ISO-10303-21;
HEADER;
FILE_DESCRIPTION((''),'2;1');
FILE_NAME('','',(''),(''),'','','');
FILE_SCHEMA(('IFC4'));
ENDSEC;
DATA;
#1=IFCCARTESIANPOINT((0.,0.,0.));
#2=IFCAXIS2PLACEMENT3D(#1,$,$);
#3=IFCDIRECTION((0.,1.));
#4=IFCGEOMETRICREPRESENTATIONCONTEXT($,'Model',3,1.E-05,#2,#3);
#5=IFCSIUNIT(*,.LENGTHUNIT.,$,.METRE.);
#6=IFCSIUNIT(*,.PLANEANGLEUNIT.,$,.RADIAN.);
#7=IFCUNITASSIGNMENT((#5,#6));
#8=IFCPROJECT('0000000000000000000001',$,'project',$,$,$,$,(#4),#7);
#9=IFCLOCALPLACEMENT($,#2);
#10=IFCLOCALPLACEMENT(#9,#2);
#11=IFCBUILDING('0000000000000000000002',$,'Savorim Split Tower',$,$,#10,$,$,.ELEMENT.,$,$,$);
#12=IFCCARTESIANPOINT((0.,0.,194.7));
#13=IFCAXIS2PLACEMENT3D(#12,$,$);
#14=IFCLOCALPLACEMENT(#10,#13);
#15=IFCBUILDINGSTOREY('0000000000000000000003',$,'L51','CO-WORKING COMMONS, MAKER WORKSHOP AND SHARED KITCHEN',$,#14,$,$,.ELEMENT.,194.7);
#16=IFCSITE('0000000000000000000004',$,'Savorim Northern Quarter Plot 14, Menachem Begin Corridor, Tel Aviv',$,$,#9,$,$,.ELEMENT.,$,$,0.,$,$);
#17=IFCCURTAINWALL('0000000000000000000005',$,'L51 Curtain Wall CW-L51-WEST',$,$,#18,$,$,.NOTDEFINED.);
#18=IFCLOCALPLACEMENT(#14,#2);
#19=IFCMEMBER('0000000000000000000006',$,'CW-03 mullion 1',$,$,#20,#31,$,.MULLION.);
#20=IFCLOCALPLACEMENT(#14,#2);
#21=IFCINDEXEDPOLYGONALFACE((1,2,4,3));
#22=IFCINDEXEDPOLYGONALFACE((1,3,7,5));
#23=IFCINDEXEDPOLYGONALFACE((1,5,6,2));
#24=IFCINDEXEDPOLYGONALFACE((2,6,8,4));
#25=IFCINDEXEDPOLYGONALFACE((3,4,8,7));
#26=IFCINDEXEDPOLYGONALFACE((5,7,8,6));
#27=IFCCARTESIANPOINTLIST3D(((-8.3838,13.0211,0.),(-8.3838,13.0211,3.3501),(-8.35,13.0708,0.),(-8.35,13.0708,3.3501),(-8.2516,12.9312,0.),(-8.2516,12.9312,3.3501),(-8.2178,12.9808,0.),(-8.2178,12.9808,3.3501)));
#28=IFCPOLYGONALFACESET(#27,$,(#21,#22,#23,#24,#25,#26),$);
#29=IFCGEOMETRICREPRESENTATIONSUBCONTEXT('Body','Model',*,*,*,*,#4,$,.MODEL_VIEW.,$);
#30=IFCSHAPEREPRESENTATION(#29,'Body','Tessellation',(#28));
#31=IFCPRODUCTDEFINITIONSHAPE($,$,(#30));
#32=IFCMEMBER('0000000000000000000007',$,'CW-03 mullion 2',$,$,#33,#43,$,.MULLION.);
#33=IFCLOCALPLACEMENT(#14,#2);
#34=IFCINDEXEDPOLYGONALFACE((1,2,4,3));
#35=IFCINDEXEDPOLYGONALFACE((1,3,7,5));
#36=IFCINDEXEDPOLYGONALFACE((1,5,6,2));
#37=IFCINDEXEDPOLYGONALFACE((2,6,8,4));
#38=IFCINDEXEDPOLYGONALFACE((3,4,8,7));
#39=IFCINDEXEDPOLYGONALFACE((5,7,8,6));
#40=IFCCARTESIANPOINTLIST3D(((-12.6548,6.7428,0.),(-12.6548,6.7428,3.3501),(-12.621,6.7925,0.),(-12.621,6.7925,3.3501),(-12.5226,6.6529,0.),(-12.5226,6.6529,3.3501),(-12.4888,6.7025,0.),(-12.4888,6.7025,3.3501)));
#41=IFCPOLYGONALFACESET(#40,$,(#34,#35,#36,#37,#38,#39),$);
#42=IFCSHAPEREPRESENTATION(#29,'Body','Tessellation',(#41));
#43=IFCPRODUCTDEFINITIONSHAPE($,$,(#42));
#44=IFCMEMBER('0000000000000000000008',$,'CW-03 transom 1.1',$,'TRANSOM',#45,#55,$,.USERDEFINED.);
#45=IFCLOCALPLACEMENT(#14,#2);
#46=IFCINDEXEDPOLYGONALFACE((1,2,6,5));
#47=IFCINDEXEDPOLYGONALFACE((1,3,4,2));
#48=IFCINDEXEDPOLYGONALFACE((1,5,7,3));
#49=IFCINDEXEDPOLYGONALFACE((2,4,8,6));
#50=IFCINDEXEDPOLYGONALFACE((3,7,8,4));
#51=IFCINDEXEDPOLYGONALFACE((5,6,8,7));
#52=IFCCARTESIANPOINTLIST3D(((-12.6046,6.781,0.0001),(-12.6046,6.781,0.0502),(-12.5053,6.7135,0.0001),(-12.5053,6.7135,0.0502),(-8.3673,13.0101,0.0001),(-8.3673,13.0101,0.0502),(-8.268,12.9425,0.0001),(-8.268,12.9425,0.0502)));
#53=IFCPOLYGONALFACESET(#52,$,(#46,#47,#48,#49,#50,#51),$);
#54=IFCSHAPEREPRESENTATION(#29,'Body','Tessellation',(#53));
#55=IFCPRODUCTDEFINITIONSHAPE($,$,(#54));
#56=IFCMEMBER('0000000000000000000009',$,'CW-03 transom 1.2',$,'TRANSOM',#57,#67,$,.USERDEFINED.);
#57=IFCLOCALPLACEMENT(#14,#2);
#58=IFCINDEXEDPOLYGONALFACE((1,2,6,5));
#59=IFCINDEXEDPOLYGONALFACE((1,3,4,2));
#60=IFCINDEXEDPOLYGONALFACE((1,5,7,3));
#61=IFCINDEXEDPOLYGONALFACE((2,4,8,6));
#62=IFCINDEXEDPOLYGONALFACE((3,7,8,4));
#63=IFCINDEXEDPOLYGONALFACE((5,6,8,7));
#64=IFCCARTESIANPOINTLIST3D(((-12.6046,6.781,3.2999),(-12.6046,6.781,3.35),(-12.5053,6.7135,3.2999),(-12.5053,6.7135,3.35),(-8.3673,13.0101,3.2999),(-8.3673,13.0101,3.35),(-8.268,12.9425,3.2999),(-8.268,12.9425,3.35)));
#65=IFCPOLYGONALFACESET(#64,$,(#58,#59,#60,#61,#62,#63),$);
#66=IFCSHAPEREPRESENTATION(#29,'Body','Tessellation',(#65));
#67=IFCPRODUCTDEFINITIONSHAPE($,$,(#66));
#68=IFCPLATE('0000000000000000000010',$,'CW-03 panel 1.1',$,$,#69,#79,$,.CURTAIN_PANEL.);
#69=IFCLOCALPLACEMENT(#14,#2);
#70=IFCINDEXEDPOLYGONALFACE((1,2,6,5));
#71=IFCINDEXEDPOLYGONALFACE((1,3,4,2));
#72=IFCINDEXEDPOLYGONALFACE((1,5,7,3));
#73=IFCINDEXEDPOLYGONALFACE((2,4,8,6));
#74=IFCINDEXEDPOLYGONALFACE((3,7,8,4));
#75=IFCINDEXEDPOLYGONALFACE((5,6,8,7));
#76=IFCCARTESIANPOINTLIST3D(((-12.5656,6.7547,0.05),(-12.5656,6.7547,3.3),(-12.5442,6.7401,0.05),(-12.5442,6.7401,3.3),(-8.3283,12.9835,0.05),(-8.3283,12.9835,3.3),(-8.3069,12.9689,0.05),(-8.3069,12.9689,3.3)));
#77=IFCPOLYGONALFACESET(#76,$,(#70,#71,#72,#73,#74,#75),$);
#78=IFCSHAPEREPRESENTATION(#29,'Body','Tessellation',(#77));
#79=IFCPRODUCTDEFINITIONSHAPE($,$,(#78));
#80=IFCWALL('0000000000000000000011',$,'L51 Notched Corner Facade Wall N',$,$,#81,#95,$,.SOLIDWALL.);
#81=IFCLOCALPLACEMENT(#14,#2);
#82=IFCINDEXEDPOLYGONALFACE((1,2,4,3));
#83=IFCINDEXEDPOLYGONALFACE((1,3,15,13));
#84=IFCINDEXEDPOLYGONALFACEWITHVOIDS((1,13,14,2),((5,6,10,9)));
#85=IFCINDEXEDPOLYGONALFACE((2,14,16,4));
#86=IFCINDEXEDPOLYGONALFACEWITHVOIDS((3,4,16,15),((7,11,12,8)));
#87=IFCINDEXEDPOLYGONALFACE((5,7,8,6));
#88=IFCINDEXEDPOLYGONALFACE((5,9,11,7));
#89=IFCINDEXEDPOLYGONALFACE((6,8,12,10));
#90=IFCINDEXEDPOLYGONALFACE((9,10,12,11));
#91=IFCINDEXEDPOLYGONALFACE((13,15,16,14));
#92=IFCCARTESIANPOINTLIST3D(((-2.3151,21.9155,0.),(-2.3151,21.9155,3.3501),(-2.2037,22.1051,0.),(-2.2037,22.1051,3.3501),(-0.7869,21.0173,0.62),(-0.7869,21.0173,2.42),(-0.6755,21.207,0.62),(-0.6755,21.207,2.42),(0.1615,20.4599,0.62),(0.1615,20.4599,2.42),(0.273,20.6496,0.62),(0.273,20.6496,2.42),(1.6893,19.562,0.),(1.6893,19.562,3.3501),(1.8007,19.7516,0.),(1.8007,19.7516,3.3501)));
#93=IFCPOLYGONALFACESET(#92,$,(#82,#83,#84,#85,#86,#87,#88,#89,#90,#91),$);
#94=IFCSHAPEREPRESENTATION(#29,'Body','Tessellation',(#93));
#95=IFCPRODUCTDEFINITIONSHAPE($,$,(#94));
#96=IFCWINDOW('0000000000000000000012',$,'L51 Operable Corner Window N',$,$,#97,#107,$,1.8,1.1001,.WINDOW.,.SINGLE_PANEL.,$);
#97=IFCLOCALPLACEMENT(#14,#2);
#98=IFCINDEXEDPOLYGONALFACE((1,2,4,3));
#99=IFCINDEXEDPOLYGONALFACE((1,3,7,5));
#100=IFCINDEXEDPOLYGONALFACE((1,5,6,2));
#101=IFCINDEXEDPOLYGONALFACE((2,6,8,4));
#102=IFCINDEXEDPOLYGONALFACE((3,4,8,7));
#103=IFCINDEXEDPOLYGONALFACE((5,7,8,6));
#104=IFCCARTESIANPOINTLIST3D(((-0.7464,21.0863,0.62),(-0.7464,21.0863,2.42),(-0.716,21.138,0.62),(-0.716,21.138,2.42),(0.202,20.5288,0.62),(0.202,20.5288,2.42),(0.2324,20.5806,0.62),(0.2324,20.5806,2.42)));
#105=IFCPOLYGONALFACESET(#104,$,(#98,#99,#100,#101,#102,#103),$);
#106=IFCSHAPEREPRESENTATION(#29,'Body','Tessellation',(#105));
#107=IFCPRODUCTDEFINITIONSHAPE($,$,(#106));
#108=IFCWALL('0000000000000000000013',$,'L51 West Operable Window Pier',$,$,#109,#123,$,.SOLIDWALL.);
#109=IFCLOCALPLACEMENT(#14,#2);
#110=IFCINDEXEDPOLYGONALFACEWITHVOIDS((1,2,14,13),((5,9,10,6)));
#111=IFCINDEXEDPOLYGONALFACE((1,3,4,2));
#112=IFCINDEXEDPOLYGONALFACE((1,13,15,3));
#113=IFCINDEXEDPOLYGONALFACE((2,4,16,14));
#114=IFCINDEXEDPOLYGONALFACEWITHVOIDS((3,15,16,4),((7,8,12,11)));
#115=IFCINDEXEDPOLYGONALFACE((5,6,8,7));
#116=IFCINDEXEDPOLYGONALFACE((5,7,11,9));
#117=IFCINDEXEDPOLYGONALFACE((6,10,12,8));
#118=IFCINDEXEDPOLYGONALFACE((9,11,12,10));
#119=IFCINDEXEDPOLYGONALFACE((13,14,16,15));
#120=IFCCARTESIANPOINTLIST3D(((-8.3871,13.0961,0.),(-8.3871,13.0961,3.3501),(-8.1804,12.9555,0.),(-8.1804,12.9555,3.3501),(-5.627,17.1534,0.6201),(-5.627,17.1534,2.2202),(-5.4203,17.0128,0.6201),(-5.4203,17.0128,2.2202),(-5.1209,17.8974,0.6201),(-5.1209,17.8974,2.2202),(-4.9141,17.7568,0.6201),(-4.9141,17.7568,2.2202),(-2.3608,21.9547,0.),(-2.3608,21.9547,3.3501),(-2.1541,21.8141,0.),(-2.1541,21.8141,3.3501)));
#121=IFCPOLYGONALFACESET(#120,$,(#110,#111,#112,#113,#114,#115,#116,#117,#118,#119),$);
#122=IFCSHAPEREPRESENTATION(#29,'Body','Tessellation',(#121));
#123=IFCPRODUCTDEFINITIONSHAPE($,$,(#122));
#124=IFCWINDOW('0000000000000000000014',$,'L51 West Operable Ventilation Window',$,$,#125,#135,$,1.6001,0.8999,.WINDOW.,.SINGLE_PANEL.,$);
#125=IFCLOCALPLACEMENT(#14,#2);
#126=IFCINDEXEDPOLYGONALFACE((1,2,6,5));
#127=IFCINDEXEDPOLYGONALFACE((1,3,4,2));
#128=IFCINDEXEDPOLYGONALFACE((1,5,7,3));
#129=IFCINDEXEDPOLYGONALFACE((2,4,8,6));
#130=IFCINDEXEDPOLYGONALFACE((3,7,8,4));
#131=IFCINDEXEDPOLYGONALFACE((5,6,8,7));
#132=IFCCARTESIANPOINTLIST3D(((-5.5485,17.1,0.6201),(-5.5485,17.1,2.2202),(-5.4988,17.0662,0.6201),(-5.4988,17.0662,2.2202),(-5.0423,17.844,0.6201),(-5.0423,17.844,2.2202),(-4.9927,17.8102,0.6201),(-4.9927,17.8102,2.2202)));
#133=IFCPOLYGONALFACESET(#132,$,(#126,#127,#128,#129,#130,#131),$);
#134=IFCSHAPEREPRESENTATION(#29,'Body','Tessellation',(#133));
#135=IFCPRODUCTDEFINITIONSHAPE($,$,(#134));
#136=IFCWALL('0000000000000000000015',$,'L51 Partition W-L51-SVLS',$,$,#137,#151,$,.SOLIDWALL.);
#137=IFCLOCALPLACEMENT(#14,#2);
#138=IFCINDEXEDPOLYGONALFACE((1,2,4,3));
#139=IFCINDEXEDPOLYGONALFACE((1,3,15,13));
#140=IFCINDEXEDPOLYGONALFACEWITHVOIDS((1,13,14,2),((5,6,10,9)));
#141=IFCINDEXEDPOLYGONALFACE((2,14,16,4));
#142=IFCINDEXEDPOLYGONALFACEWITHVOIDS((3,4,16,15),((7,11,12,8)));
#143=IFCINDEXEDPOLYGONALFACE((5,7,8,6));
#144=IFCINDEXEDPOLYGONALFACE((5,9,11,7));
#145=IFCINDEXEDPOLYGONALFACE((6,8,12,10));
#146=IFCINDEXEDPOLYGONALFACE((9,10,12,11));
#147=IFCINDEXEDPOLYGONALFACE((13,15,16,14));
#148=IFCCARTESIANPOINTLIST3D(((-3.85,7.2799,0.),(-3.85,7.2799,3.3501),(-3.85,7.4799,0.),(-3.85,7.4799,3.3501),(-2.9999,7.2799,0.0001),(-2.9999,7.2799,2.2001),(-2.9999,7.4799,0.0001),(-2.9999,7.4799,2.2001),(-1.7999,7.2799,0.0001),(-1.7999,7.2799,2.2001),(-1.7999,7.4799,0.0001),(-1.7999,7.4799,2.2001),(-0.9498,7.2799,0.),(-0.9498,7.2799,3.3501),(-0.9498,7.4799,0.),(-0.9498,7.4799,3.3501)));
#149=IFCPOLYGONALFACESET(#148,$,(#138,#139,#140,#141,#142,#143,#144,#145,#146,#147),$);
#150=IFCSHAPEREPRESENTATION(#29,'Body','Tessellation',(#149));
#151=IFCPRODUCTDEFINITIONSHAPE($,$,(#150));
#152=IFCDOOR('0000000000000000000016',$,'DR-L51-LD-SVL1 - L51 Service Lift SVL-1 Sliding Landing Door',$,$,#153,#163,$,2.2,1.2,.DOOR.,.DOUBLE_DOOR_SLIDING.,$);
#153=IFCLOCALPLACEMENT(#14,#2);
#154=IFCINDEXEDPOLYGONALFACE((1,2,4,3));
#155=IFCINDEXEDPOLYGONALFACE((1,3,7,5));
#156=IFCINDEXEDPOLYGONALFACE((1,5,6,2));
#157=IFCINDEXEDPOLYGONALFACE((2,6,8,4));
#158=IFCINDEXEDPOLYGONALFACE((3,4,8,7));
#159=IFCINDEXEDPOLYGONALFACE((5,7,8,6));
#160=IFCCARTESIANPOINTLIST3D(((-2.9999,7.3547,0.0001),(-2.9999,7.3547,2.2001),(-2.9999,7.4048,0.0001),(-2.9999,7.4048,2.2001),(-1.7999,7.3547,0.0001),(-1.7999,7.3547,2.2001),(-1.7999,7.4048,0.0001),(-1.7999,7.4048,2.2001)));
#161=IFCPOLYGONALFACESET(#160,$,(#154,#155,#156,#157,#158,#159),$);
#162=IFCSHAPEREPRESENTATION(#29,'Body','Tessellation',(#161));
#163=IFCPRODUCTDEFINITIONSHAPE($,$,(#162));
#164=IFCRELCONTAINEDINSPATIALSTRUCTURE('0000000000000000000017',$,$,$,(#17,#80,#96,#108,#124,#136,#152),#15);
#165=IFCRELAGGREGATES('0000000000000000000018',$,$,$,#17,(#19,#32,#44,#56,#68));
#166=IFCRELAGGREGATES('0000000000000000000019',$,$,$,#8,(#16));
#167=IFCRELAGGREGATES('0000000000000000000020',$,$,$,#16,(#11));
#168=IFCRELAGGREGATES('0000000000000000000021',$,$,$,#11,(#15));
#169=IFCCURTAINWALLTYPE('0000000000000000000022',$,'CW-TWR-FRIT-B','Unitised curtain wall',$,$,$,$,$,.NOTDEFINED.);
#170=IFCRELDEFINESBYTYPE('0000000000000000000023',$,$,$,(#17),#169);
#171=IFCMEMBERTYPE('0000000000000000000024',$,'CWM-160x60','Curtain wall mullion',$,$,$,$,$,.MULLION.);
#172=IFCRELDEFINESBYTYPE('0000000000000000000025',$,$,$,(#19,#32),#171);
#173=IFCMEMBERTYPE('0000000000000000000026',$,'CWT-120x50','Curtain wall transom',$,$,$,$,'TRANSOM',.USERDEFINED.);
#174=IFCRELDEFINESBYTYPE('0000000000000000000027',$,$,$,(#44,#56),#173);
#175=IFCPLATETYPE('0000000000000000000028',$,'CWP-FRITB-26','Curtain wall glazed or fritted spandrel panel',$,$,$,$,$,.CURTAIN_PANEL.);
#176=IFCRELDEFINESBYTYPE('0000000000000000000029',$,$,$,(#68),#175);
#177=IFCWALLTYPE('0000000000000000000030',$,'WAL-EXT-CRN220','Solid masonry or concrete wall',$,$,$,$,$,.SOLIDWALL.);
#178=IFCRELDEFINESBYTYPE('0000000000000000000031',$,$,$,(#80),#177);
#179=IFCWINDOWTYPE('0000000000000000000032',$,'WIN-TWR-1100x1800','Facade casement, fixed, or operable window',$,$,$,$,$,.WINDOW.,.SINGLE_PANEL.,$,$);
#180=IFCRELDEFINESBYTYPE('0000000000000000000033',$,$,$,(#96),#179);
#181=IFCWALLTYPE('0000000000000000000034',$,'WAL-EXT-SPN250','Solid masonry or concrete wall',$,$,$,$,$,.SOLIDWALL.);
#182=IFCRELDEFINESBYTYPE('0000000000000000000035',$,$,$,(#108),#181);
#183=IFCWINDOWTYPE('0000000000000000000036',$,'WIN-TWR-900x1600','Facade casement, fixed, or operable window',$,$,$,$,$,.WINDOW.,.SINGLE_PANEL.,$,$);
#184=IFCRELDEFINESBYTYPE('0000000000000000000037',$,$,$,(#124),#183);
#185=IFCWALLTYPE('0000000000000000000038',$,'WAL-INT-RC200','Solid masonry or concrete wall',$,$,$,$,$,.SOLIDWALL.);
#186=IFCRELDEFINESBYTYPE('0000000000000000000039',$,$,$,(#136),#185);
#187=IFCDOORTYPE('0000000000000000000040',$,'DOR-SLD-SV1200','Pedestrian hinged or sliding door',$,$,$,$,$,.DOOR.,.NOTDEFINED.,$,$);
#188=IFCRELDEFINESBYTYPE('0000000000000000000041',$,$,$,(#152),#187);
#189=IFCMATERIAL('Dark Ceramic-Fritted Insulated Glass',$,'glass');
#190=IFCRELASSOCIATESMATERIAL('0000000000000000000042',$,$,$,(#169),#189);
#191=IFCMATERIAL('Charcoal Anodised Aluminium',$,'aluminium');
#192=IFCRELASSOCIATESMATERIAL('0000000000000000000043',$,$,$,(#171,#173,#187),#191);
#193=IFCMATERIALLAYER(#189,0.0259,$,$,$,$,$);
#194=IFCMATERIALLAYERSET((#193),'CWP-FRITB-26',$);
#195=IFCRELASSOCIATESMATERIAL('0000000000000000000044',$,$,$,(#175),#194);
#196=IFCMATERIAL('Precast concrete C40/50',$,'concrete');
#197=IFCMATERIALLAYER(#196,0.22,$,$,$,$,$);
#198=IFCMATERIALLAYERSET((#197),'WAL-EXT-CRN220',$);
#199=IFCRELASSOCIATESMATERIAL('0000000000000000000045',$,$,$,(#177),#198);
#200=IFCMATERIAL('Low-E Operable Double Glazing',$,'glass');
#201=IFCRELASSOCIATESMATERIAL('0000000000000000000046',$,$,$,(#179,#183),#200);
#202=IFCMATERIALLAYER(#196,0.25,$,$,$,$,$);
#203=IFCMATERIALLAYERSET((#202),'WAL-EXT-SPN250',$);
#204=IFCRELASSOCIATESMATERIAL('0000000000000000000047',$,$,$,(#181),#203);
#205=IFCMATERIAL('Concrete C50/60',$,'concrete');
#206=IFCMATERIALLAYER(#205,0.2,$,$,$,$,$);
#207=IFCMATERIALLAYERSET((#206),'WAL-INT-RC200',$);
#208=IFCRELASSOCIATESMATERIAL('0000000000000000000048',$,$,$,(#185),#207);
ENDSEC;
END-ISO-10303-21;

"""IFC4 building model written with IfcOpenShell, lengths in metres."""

from ifc_helpers import new_model, si_unit, direction, frame, frame_2d, origin, origin_2d, place, context, subcontext, project, spatial, rectangle, extrude, material, layer, layer_set, material_profile, profile_set, type_object, element, fill, aggregate, save


model = new_model("IFC4")

# Units and contexts
model_context = context("Model", 3, precision=1e-05, world=origin(), true_north=direction((0.0, 1.0)))
body_context = subcontext(model_context, "Body", "Model", "MODEL_VIEW")
ifc_project = project(units=[si_unit("LENGTHUNIT", "METRE"), si_unit("PLANEANGLEUNIT", "RADIAN")], contexts=[model_context])

# Site, building, storey
site_placement = place(None, origin())
site = spatial("IfcSite", under=ifc_project, at=site_placement, Name="Savorim Northern Quarter Plot 14, Menachem Begin Corridor, Tel Aviv", CompositionType="ELEMENT", RefElevation=0.0)
building_placement = place(site_placement, origin())
building = spatial("IfcBuilding", under=site, at=building_placement, Name="Savorim Split Tower", CompositionType="ELEMENT")
storey_placement = place(building_placement, frame((0.0, 0.0, 194.7)))
storey = spatial("IfcBuildingStorey", under=building, at=storey_placement, Name="L51", Description="CO-WORKING COMMONS, MAKER WORKSHOP AND SHARED KITCHEN", CompositionType="ELEMENT", Elevation=194.7)

# Curtain wall, members, plate
ifc_material_1 = material(Name="Dark Ceramic-Fritted Insulated Glass", Category="glass")
curtain_wall_type = type_object("IfcCurtainWallType", Name="CW-TWR-FRIT-B", Description="Unitised curtain wall", PredefinedType="NOTDEFINED", material=ifc_material_1)
curtain_wall_placement = place(storey_placement, origin())
curtain_wall = element("IfcCurtainWall", 1, at=curtain_wall_placement, inside=storey, type_object=curtain_wall_type, Name="L51 Curtain Wall CW-L51-WEST", PredefinedType="NOTDEFINED")
ifc_material_2 = material(Name="Charcoal Anodised Aluminium", Category="aluminium")
ifc_material_profile_1 = material_profile(ifc_material_2, rectangle(XDim=0.1599, YDim=0.0601, at=origin_2d()), Name="ALU-M 160x60")
ifc_profile_set_1 = profile_set([ifc_material_profile_1], Name="Charcoal Anodised Aluminium")
member_type_1 = type_object("IfcMemberType", Name="CWM-160x60", Description="Curtain wall mullion", PredefinedType="MULLION", material=ifc_profile_set_1)
member_1_placement = place(storey_placement, frame((-8.3008, 13.001, 0.0), z_axis=(0.0, 0.0, 1.0), x_axis=(0.826821, -0.562465, 0.0)))
member_1 = element("IfcMember", 2, at=member_1_placement, type_object=member_type_1, Name="CW-03 mullion 1", PredefinedType="MULLION", context=body_context, shape_type="SweptSolid", body=[
    extrude(rectangle(XDim=0.1599, YDim=0.0601, at=origin_2d()), origin(), (0.0, 0.0, 1.0), 3.3501),
])
member_2_placement = place(storey_placement, frame((-12.5718, 6.7227, 0.0), z_axis=(0.0, 0.0, 1.0), x_axis=(0.826821, -0.562465, 0.0)))
member_2 = element("IfcMember", 3, at=member_2_placement, type_object=member_type_1, Name="CW-03 mullion 2", PredefinedType="MULLION", context=body_context, shape_type="SweptSolid", body=[
    extrude(rectangle(XDim=0.1599, YDim=0.0601, at=origin_2d()), origin(), (0.0, 0.0, 1.0), 3.3501),
])
ifc_material_profile_2 = material_profile(ifc_material_2, rectangle(XDim=0.1201, YDim=0.05, at=origin_2d()), Name="ALU-T 120x50")
ifc_profile_set_2 = profile_set([ifc_material_profile_2], Name="Charcoal Anodised Aluminium")
member_type_2 = type_object("IfcMemberType", Name="CWT-120x50", Description="Curtain wall transom", ElementType="TRANSOM", PredefinedType="USERDEFINED", material=ifc_profile_set_2)
member_3_placement = place(storey_placement, frame((-8.3176, 12.9763, 0.0251), z_axis=(-0.562454, -0.826829, 0.0), x_axis=(0.826829, -0.562454, 0.0)))
member_3 = element("IfcMember", 4, at=member_3_placement, type_object=member_type_2, Name="CW-03 transom 1.1", ObjectType="TRANSOM", PredefinedType="USERDEFINED", context=body_context, shape_type="SweptSolid", body=[
    extrude(rectangle(XDim=0.1201, YDim=0.05, at=origin_2d()), origin(), (0.0, 0.0, 1.0), 7.5337),
])
member_4_placement = place(storey_placement, frame((-8.3176, 12.9763, 3.325), z_axis=(-0.562454, -0.826829, 0.0), x_axis=(0.826829, -0.562454, 0.0)))
member_4 = element("IfcMember", 5, at=member_4_placement, type_object=member_type_2, Name="CW-03 transom 1.2", ObjectType="TRANSOM", PredefinedType="USERDEFINED", context=body_context, shape_type="SweptSolid", body=[
    extrude(rectangle(XDim=0.1201, YDim=0.05, at=origin_2d()), origin(), (0.0, 0.0, 1.0), 7.5337),
])
ifc_layer_1 = layer(ifc_material_1, 0.0259)
ifc_layer_set_1 = layer_set([ifc_layer_1], Name="CWP-FRITB-26")
plate_type = type_object("IfcPlateType", Name="CWP-FRITB-26", Description="Curtain wall glazed or fritted spandrel panel", PredefinedType="CURTAIN_PANEL", material=ifc_layer_set_1)
plate_placement = place(storey_placement, frame((-10.4363, 9.8618, 0.05), z_axis=(0.0, 0.0, 1.0), x_axis=(-0.562465, -0.826821, 0.0)))
plate = element("IfcPlate", 6, at=plate_placement, type_object=plate_type, Name="CW-03 panel 1.1", PredefinedType="CURTAIN_PANEL", context=body_context, shape_type="SweptSolid", body=[
    extrude(rectangle(XDim=7.5334, YDim=0.0259, at=origin_2d()), origin(), (0.0, 0.0, 1.0), 3.25),
])
aggregate(curtain_wall, [member_1, member_2, member_3, member_4, plate])

# Walls, openings, windows
ifc_material_3 = material(Name="Precast concrete C40/50", Category="concrete")
ifc_layer_2 = layer(ifc_material_3, 0.22)
ifc_layer_set_2 = layer_set([ifc_layer_2], Name="WAL-EXT-CRN220")
wall_type_1 = type_object("IfcWallType", Name="WAL-EXT-CRN220", Description="Solid masonry or concrete wall", PredefinedType="SOLIDWALL", material=ifc_layer_set_2)
wall_1_placement = place(storey_placement, frame((-2.2593, 22.0103, 0.0), z_axis=(0.0, 0.0, 1.0), x_axis=(0.862123, -0.506699, 0.0)))
wall_1 = element("IfcWall", 7, at=wall_1_placement, inside=storey, type_object=wall_type_1, Name="L51 Notched Corner Facade Wall N", PredefinedType="SOLIDWALL", context=body_context, shape_type="SweptSolid", body=[
    extrude(rectangle(XDim=4.6448, YDim=0.22, at=frame_2d((2.3223, 0.0))), origin(), (0.0, 0.0, 1.0), 3.3501),
])
opening_1_placement = place(wall_1_placement, frame((1.7725, 0.0, 0.6201)))
opening_1 = element("IfcOpeningElement", 8, at=opening_1_placement, cuts=wall_1, PredefinedType="OPENING", context=body_context, shape_type="SweptSolid", body=[
    extrude(rectangle(XDim=1.1001, YDim=1.8, at=frame_2d((0.55, 0.8999))), frame((0.0, 0.1199, 0.0), z_axis=(0.0, -1.0, 0.0), x_axis=(1.0, 0.0, 0.0)), (0.0, 0.0, 1.0), 0.24),
])
ifc_material_4 = material(Name="Low-E Operable Double Glazing", Category="glass")
window_type_1 = type_object("IfcWindowType", Name="WIN-TWR-1100x1800", Description="Facade casement, fixed, or operable window", PartitioningType="SINGLE_PANEL", PredefinedType="WINDOW", material=ifc_material_4)
window_1_placement = place(opening_1_placement, origin())
window_1 = element("IfcWindow", 9, at=window_1_placement, inside=storey, type_object=window_type_1, Name="L51 Operable Corner Window N", OverallHeight=1.8, OverallWidth=1.1001, PartitioningType="SINGLE_PANEL", PredefinedType="WINDOW", context=body_context, shape_type="SweptSolid", body=[
    extrude(rectangle(XDim=1.1001, YDim=1.8, at=frame_2d((0.55, 0.8999))), frame((0.0, 0.03, 0.0), z_axis=(0.0, -1.0, 0.0), x_axis=(1.0, 0.0, 0.0)), (0.0, 0.0, 1.0), 0.0601),
])
fill(opening_1, window_1)
ifc_layer_3 = layer(ifc_material_3, 0.25)
ifc_layer_set_3 = layer_set([ifc_layer_3], Name="WAL-EXT-SPN250")
wall_type_2 = type_object("IfcWallType", Name="WAL-EXT-SPN250", Description="Solid masonry or concrete wall", PredefinedType="SOLIDWALL", material=ifc_layer_set_3)
wall_2_placement = place(storey_placement, frame((-8.2837, 13.0259, 0.0), z_axis=(0.0, 0.0, 1.0), x_axis=(0.562469, 0.826818, 0.0)))
wall_2 = element("IfcWall", 10, at=wall_2_placement, inside=storey, type_object=wall_type_2, Name="L51 West Operable Window Pier", PredefinedType="SOLIDWALL", context=body_context, shape_type="SweptSolid", body=[
    extrude(rectangle(XDim=10.7141, YDim=0.25, at=frame_2d((5.3569, 0.0))), origin(), (0.0, 0.0, 1.0), 3.3501),
])
opening_2_placement = place(wall_2_placement, frame((4.907, 0.0, 0.6201)))
opening_2 = element("IfcOpeningElement", 11, at=opening_2_placement, cuts=wall_2, PredefinedType="OPENING", context=body_context, shape_type="SweptSolid", body=[
    extrude(rectangle(XDim=0.8999, YDim=1.6001, at=frame_2d((0.45, 0.8))), frame((0.0, 0.135, 0.0), z_axis=(0.0, -1.0, 0.0), x_axis=(1.0, 0.0, 0.0)), (0.0, 0.0, 1.0), 0.27),
])
window_type_2 = type_object("IfcWindowType", Name="WIN-TWR-900x1600", Description="Facade casement, fixed, or operable window", PartitioningType="SINGLE_PANEL", PredefinedType="WINDOW", material=ifc_material_4)
window_2_placement = place(opening_2_placement, origin())
window_2 = element("IfcWindow", 12, at=window_2_placement, inside=storey, type_object=window_type_2, Name="L51 West Operable Ventilation Window", OverallHeight=1.6001, OverallWidth=0.8999, PartitioningType="SINGLE_PANEL", PredefinedType="WINDOW", context=body_context, shape_type="SweptSolid", body=[
    extrude(rectangle(XDim=0.8999, YDim=1.6001, at=frame_2d((0.45, 0.8))), frame((0.0, 0.03, 0.0), z_axis=(0.0, -1.0, 0.0), x_axis=(1.0, 0.0, 0.0)), (0.0, 0.0, 1.0), 0.0601),
])
fill(opening_2, window_2)

# Wall, opening, door
ifc_material_5 = material(Name="Concrete C50/60", Category="concrete")
ifc_layer_4 = layer(ifc_material_5, 0.2)
ifc_layer_set_4 = layer_set([ifc_layer_4], Name="WAL-INT-RC200")
wall_type_3 = type_object("IfcWallType", Name="WAL-INT-RC200", Description="Solid masonry or concrete wall", PredefinedType="SOLIDWALL", material=ifc_layer_set_4)
wall_3_placement = place(storey_placement, frame((-3.8501, 7.3799, 0.0), z_axis=(0.0, 0.0, 1.0), x_axis=(1.0, 0.0, 0.0)))
wall_3 = element("IfcWall", 13, at=wall_3_placement, inside=storey, type_object=wall_type_3, Name="L51 Partition W-L51-SVLS", PredefinedType="SOLIDWALL", context=body_context, shape_type="SweptSolid", body=[
    extrude(rectangle(XDim=2.9001, YDim=0.2, at=frame_2d((1.4502, 0.0))), origin(), (0.0, 0.0, 1.0), 3.3501),
])
opening_3_placement = place(wall_3_placement, frame((0.8501, 0.0, 0.0)))
opening_3 = element("IfcOpeningElement", 14, at=opening_3_placement, cuts=wall_3, PredefinedType="OPENING", context=body_context, shape_type="SweptSolid", body=[
    extrude(rectangle(XDim=1.2, YDim=2.2, at=frame_2d((0.6001, 1.1001))), frame((0.0, 0.1099, 0.0), z_axis=(0.0, -1.0, 0.0), x_axis=(1.0, 0.0, 0.0)), (0.0, 0.0, 1.0), 0.22),
])
door_type_1 = type_object("IfcDoorType", Name="DOR-SLD-SV1200", Description="Pedestrian hinged or sliding door", OperationType="NOTDEFINED", PredefinedType="DOOR", material=ifc_material_2)
door_1_placement = place(opening_3_placement, origin())
door_1 = element("IfcDoor", 15, at=door_1_placement, inside=storey, type_object=door_type_1, Name="DR-L51-LD-SVL1 - L51 Service Lift SVL-1 Sliding Landing Door", OperationType="DOUBLE_DOOR_SLIDING", OverallHeight=2.2, OverallWidth=1.2, PredefinedType="DOOR", context=body_context, shape_type="SweptSolid", body=[
    extrude(rectangle(XDim=1.2, YDim=2.2, at=frame_2d((0.6001, 1.1001))), frame((0.0, 0.0249, 0.0), z_axis=(0.0, -1.0, 0.0), x_axis=(1.0, 0.0, 0.0)), (0.0, 0.0, 1.0), 0.05),
])
fill(opening_3, door_1)

save(model, "model.ifc")
